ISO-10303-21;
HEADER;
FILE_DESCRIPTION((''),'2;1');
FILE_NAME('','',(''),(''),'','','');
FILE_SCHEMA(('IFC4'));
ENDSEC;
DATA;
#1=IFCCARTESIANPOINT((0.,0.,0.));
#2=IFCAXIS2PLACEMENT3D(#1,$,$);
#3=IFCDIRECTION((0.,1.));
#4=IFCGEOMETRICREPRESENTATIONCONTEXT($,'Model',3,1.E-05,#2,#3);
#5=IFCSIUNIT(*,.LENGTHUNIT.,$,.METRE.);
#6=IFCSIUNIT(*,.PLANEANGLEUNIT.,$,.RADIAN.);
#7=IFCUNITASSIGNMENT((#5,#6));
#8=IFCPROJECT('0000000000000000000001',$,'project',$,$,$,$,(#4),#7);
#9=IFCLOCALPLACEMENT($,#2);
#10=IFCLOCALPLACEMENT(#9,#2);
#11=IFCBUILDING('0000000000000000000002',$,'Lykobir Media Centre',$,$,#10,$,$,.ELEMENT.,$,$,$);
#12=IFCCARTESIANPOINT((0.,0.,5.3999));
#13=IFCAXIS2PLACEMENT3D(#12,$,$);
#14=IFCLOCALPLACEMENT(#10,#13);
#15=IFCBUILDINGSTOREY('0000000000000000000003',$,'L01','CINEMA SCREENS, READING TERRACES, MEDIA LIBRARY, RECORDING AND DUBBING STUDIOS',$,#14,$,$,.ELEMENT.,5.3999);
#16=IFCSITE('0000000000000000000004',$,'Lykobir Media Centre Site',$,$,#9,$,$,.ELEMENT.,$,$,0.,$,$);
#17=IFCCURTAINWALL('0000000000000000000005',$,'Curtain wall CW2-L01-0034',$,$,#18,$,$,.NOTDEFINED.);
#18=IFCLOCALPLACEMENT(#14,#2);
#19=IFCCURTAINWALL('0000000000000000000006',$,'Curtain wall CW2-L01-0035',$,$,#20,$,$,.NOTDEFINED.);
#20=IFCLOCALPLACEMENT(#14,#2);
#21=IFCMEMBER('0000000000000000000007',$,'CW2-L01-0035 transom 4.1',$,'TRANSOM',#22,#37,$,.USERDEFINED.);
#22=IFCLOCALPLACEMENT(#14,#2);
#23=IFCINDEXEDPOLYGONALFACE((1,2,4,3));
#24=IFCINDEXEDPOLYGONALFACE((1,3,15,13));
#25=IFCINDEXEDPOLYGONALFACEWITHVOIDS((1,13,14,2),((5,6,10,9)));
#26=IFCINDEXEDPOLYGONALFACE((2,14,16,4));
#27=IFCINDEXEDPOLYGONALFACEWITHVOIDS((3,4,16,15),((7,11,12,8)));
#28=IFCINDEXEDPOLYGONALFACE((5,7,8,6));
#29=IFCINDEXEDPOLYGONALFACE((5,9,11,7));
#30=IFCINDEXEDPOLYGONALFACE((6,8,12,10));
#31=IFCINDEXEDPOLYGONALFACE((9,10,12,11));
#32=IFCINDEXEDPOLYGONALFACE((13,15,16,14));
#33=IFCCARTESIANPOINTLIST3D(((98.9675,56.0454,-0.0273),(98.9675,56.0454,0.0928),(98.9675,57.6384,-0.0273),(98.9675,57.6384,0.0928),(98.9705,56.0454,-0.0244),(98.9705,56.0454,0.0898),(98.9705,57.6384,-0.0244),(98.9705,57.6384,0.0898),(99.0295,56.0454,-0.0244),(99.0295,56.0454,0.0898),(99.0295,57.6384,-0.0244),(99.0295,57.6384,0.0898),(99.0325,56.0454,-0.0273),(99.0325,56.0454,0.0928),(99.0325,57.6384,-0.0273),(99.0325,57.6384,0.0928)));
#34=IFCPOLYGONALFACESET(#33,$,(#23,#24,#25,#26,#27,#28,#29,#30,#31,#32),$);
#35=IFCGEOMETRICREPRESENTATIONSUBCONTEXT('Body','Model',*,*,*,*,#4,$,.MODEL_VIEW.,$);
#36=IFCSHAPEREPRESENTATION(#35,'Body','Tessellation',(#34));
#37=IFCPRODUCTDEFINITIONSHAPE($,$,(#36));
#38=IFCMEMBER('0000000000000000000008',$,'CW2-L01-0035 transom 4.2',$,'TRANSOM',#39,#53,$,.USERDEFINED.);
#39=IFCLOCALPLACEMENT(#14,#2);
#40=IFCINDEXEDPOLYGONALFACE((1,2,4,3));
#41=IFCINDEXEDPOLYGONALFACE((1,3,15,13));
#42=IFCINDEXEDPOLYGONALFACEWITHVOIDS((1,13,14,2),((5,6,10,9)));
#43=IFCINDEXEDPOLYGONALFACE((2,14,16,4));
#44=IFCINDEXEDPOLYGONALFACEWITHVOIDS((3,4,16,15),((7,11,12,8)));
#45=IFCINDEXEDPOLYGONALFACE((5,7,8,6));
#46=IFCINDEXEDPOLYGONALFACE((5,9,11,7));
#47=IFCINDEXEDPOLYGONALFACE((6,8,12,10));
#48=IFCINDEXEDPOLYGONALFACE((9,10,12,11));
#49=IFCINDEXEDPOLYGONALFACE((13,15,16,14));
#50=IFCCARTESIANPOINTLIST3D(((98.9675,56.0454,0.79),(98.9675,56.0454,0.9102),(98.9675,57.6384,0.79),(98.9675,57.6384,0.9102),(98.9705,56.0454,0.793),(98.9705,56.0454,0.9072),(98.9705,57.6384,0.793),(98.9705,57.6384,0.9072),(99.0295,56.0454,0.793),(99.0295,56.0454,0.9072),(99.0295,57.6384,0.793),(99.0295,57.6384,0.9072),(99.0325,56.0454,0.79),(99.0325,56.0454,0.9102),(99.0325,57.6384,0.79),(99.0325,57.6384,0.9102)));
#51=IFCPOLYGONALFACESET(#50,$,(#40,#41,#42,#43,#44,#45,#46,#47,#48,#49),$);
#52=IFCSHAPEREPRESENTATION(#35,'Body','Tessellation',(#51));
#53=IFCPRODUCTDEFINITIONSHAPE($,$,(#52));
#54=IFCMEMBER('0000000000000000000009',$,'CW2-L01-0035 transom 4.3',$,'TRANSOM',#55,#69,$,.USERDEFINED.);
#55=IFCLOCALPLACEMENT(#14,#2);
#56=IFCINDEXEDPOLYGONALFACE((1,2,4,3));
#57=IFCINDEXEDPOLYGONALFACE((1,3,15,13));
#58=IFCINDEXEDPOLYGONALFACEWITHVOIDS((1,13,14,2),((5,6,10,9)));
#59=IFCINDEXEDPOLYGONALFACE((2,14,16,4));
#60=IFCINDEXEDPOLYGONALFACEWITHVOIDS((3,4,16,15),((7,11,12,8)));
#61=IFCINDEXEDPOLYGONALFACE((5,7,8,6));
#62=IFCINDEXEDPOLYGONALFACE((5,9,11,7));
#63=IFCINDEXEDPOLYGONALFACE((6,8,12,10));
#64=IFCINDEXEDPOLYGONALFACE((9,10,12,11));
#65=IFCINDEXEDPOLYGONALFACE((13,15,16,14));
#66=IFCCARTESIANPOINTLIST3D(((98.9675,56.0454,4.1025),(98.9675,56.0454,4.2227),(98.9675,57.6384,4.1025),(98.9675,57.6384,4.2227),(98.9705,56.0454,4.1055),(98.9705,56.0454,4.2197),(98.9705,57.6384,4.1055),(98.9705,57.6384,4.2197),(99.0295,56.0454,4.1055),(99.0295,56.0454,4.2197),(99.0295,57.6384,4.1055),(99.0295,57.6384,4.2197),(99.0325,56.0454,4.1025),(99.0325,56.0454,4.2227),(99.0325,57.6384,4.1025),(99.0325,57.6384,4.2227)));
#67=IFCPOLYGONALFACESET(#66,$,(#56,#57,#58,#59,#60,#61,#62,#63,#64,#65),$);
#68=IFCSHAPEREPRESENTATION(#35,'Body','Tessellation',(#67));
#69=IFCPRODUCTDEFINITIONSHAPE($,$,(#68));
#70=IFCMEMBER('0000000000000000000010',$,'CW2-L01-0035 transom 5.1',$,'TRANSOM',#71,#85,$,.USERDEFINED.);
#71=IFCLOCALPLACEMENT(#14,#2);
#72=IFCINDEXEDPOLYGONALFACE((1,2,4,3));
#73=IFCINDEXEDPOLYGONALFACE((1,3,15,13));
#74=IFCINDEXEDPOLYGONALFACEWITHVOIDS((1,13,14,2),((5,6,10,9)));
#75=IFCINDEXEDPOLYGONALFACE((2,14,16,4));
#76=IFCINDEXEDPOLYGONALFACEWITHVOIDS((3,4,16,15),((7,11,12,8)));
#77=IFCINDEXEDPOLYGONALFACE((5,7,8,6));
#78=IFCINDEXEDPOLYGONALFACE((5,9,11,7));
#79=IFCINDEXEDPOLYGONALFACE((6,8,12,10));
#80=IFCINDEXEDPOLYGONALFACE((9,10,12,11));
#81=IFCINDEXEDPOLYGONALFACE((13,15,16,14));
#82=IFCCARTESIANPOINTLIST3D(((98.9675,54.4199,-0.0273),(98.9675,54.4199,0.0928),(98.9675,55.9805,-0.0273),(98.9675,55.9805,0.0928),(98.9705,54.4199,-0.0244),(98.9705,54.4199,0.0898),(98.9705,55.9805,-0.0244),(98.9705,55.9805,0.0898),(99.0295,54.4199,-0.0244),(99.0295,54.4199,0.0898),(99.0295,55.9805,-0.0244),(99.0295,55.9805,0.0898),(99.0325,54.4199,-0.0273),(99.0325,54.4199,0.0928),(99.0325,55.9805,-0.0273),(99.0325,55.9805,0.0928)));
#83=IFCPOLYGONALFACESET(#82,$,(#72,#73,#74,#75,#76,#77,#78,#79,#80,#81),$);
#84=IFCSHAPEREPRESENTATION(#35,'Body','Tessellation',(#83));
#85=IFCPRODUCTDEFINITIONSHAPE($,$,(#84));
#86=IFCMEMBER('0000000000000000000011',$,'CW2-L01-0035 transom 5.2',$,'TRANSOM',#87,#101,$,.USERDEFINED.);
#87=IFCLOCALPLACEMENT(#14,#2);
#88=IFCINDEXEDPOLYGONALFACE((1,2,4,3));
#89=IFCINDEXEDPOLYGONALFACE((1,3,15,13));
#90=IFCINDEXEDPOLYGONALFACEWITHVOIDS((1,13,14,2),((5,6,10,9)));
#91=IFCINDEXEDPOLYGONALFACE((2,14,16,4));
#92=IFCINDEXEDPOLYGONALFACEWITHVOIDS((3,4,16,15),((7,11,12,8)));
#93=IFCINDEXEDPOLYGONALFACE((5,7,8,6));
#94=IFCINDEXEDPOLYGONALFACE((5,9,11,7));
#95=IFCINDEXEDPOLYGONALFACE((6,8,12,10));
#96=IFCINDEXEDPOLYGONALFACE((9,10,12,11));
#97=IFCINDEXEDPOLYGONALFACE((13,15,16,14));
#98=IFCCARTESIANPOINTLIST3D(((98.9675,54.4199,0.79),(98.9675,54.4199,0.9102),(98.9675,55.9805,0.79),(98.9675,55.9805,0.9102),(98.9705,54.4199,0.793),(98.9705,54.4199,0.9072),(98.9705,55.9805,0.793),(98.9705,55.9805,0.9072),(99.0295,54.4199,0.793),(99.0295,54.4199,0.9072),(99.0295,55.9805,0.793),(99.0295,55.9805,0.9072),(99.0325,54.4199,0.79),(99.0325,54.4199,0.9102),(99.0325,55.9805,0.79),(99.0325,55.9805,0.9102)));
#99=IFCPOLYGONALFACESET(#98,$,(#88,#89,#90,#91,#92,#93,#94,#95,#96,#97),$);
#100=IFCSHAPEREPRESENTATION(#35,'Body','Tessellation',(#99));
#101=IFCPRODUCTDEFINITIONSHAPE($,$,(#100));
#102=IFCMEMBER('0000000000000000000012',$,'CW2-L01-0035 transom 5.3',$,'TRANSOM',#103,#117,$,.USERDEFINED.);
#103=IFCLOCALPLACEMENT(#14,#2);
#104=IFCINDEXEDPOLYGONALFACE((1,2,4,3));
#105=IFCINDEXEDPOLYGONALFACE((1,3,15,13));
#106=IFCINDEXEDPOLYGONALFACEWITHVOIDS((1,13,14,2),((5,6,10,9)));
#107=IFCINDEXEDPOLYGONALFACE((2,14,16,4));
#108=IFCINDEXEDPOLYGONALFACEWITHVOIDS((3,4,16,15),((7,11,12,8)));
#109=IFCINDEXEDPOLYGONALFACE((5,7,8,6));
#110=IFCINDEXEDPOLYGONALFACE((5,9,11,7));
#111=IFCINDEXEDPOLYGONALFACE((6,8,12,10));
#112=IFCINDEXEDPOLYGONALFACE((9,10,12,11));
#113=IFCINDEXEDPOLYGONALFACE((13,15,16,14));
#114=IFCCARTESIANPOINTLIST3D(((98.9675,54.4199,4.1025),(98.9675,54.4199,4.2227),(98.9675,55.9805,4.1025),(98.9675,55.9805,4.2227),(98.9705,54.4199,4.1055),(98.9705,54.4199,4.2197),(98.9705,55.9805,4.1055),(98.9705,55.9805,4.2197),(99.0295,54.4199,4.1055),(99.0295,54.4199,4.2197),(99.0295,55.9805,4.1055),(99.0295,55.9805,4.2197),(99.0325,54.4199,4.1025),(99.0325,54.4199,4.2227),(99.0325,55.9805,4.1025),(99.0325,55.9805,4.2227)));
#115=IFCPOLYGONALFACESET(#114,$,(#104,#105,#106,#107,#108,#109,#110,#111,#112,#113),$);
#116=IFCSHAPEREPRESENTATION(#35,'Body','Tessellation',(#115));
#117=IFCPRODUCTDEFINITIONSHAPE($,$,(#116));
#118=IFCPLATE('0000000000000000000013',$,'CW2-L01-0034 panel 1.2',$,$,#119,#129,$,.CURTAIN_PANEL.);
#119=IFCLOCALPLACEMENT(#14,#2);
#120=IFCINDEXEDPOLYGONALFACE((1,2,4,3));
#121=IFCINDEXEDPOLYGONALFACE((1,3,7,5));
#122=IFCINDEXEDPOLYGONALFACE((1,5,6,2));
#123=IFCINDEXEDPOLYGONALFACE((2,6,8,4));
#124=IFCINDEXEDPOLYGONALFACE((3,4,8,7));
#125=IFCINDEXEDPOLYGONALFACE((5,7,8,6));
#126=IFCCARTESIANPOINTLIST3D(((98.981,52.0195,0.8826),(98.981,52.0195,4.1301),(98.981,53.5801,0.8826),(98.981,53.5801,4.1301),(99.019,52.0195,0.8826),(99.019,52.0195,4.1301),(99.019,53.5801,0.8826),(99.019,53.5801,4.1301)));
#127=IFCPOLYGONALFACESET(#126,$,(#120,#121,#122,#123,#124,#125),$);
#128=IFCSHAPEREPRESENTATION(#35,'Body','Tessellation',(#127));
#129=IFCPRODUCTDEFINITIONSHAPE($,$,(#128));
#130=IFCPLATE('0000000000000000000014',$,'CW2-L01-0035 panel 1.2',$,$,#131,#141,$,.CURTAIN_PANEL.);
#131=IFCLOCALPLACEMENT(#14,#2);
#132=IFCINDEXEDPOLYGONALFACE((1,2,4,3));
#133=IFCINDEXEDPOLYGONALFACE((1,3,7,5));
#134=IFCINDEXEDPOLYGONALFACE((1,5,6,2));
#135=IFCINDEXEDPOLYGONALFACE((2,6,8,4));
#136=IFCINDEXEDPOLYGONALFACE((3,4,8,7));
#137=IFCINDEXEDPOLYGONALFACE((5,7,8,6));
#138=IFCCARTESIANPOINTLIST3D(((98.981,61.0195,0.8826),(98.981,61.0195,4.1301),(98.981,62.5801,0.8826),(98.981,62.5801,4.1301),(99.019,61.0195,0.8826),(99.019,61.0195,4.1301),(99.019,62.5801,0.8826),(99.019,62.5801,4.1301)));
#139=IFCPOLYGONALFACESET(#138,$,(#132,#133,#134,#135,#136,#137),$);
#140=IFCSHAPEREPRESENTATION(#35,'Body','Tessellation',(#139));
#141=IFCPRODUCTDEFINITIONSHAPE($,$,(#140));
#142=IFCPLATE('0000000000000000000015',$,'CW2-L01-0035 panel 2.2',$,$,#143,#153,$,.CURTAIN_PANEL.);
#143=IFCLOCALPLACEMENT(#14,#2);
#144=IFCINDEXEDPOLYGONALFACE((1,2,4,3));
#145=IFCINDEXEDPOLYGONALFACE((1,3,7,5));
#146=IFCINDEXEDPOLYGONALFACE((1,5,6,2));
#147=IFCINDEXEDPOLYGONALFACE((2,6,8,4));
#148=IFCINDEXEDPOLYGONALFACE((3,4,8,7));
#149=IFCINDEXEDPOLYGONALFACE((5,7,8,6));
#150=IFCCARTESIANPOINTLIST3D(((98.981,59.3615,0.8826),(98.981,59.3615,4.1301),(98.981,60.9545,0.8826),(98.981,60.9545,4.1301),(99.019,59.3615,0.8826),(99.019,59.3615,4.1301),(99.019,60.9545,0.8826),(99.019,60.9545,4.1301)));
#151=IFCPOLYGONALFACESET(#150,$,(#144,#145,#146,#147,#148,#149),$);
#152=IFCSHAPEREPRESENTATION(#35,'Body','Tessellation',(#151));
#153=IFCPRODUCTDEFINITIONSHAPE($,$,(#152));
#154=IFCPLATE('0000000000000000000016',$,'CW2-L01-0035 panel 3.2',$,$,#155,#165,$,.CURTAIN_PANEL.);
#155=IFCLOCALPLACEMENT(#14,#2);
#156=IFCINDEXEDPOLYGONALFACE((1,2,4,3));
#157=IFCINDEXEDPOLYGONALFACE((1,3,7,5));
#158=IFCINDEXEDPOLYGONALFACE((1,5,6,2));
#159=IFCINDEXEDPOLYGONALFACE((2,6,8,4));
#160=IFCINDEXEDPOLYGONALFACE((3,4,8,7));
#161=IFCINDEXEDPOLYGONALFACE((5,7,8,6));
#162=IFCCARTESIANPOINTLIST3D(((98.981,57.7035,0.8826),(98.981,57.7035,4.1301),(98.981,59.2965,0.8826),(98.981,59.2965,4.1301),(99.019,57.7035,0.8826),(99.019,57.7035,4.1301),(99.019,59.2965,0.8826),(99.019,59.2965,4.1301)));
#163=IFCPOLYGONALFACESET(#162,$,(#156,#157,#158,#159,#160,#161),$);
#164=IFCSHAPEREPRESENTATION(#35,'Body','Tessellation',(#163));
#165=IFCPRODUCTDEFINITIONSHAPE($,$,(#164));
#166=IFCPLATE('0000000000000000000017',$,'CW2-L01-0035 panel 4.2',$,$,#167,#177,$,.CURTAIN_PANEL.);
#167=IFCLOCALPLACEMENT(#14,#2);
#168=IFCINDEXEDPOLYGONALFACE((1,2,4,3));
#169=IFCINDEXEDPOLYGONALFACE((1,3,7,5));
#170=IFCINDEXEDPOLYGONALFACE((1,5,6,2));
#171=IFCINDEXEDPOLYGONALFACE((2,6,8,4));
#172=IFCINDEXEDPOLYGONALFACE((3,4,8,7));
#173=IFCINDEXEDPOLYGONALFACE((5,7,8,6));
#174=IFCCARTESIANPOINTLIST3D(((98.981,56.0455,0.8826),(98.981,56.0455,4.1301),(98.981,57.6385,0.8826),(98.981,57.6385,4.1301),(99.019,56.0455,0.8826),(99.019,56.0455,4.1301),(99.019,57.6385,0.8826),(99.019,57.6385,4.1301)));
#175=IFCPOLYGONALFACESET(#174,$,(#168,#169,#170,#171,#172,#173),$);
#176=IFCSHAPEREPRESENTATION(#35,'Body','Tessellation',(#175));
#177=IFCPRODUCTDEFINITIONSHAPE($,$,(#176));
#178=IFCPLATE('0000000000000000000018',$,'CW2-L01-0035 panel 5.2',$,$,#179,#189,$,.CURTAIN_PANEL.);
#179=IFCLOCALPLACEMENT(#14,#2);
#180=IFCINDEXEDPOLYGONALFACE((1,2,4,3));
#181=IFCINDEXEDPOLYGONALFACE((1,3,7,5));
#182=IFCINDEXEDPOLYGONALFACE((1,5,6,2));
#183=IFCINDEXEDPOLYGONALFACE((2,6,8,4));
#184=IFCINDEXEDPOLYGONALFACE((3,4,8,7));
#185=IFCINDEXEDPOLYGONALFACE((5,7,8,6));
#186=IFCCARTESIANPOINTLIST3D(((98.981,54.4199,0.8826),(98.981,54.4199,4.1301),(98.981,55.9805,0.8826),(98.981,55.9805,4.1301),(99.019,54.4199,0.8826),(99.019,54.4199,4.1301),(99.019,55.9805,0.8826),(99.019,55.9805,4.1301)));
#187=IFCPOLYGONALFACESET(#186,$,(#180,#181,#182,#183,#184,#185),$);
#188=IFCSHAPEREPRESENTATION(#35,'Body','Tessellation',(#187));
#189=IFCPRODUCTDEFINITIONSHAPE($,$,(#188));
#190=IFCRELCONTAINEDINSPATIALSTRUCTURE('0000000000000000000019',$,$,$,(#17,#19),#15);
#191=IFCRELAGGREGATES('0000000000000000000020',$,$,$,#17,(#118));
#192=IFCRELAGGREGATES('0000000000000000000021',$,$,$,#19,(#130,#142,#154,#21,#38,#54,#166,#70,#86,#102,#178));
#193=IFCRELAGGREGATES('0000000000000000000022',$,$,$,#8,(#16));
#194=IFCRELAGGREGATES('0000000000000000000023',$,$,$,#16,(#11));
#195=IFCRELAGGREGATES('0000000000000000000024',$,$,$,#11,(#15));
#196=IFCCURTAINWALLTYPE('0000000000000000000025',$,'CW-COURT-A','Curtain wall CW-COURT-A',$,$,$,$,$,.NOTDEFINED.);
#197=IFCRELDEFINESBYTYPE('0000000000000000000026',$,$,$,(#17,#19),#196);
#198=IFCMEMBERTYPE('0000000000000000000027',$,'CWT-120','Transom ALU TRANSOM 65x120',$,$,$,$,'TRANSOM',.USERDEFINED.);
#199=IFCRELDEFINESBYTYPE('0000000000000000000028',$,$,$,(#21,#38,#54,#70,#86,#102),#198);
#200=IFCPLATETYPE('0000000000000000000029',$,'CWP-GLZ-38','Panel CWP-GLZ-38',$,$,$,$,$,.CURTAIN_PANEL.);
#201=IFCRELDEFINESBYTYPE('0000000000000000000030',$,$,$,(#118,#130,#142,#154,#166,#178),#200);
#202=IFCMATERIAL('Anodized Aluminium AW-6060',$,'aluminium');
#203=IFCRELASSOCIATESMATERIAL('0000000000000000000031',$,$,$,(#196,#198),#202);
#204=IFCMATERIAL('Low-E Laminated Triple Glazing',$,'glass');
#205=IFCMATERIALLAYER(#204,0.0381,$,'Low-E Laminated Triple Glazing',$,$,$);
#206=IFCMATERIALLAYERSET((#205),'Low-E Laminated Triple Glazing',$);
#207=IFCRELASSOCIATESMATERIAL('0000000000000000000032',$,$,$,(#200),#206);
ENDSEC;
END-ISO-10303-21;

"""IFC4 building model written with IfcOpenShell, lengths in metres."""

from ifc_helpers import new_model, si_unit, direction, frame, origin, origin_2d, place, context, subcontext, project, spatial, rectangle, hollow_rectangle, extrude, material, layer, layer_set, material_profile, profile_set, type_object, element, aggregate, save


model = new_model("IFC4")

# Units and contexts
model_context = context("Model", 3, precision=1e-05, world=origin(), true_north=direction((0.0, 1.0)))
body_context = subcontext(model_context, "Body", "Model", "MODEL_VIEW")
ifc_project = project(units=[si_unit("LENGTHUNIT", "METRE"), si_unit("PLANEANGLEUNIT", "RADIAN")], contexts=[model_context])

# Site, building, storey
site_placement = place(None, origin())
site = spatial("IfcSite", under=ifc_project, at=site_placement, Name="Lykobir Media Centre Site", CompositionType="ELEMENT", RefElevation=0.0)
building_placement = place(site_placement, origin())
building = spatial("IfcBuilding", under=site, at=building_placement, Name="Lykobir Media Centre", CompositionType="ELEMENT")
storey_placement = place(building_placement, frame((0.0, 0.0, 5.3999)))
storey = spatial("IfcBuildingStorey", under=building, at=storey_placement, Name="L01", Description="CINEMA SCREENS, READING TERRACES, MEDIA LIBRARY, RECORDING AND DUBBING STUDIOS", CompositionType="ELEMENT", Elevation=5.3999)

# Curtain walls
ifc_material_1 = material(Name="Anodized Aluminium AW-6060", Category="aluminium")
curtain_wall_type = type_object("IfcCurtainWallType", Name="CW-COURT-A", Description="Curtain wall CW-COURT-A", PredefinedType="NOTDEFINED", material=ifc_material_1)
curtain_wall_1_placement = place(storey_placement, origin())
curtain_wall_1 = element("IfcCurtainWall", 1, at=curtain_wall_1_placement, inside=storey, type_object=curtain_wall_type, Name="Curtain wall CW2-L01-0034", PredefinedType="NOTDEFINED")
curtain_wall_2_placement = place(storey_placement, origin())
curtain_wall_2 = element("IfcCurtainWall", 2, at=curtain_wall_2_placement, inside=storey, type_object=curtain_wall_type, Name="Curtain wall CW2-L01-0035", PredefinedType="NOTDEFINED")

# Members
ifc_material_profile_1 = material_profile(ifc_material_1, hollow_rectangle(XDim=0.0649, YDim=0.1201, WallThickness=0.0029, at=origin_2d()), Name="ALU TRANSOM 65x120")
ifc_profile_set_1 = profile_set([ifc_material_profile_1], Name="Anodized Aluminium AW-6060")
member_type_1 = type_object("IfcMemberType", Name="CWT-120", Description="Transom ALU TRANSOM 65x120", ElementType="TRANSOM", PredefinedType="USERDEFINED", material=ifc_profile_set_1)
member_1_placement = place(storey_placement, frame((99.0, 57.6384, 0.0327), z_axis=(0.0, -1.0, 0.0), x_axis=(1.0, 0.0, 0.0)))
member_1 = element("IfcMember", 3, at=member_1_placement, type_object=member_type_1, Name="CW2-L01-0035 transom 4.1", ObjectType="TRANSOM", PredefinedType="USERDEFINED", context=body_context, shape_type="SweptSolid", body=[
    extrude(hollow_rectangle(XDim=0.0649, YDim=0.1201, WallThickness=0.0029, at=origin_2d()), origin(), (0.0, 0.0, 1.0), 1.593),
])
member_2_placement = place(storey_placement, frame((99.0, 57.6384, 0.8501), z_axis=(0.0, -1.0, 0.0), x_axis=(1.0, 0.0, 0.0)))
member_2 = element("IfcMember", 4, at=member_2_placement, type_object=member_type_1, Name="CW2-L01-0035 transom 4.2", ObjectType="TRANSOM", PredefinedType="USERDEFINED", context=body_context, shape_type="SweptSolid", body=[
    extrude(hollow_rectangle(XDim=0.0649, YDim=0.1201, WallThickness=0.0029, at=origin_2d()), origin(), (0.0, 0.0, 1.0), 1.593),
])
member_3_placement = place(storey_placement, frame((99.0, 57.6384, 4.1626), z_axis=(0.0, -1.0, 0.0), x_axis=(1.0, 0.0, 0.0)))
member_3 = element("IfcMember", 5, at=member_3_placement, type_object=member_type_1, Name="CW2-L01-0035 transom 4.3", ObjectType="TRANSOM", PredefinedType="USERDEFINED", context=body_context, shape_type="SweptSolid", body=[
    extrude(hollow_rectangle(XDim=0.0649, YDim=0.1201, WallThickness=0.0029, at=origin_2d()), origin(), (0.0, 0.0, 1.0), 1.593),
])
member_4_placement = place(storey_placement, frame((99.0, 55.9805, 0.0327), z_axis=(0.0, -1.0, 0.0), x_axis=(1.0, 0.0, 0.0)))
member_4 = element("IfcMember", 6, at=member_4_placement, type_object=member_type_1, Name="CW2-L01-0035 transom 5.1", ObjectType="TRANSOM", PredefinedType="USERDEFINED", context=body_context, shape_type="SweptSolid", body=[
    extrude(hollow_rectangle(XDim=0.0649, YDim=0.1201, WallThickness=0.0029, at=origin_2d()), origin(), (0.0, 0.0, 1.0), 1.5605),
])
member_5_placement = place(storey_placement, frame((99.0, 55.9805, 0.8501), z_axis=(0.0, -1.0, 0.0), x_axis=(1.0, 0.0, 0.0)))
member_5 = element("IfcMember", 7, at=member_5_placement, type_object=member_type_1, Name="CW2-L01-0035 transom 5.2", ObjectType="TRANSOM", PredefinedType="USERDEFINED", context=body_context, shape_type="SweptSolid", body=[
    extrude(hollow_rectangle(XDim=0.0649, YDim=0.1201, WallThickness=0.0029, at=origin_2d()), origin(), (0.0, 0.0, 1.0), 1.5605),
])
member_6_placement = place(storey_placement, frame((99.0, 55.9805, 4.1626), z_axis=(0.0, -1.0, 0.0), x_axis=(1.0, 0.0, 0.0)))
member_6 = element("IfcMember", 8, at=member_6_placement, type_object=member_type_1, Name="CW2-L01-0035 transom 5.3", ObjectType="TRANSOM", PredefinedType="USERDEFINED", context=body_context, shape_type="SweptSolid", body=[
    extrude(hollow_rectangle(XDim=0.0649, YDim=0.1201, WallThickness=0.0029, at=origin_2d()), origin(), (0.0, 0.0, 1.0), 1.5605),
])

# Plates
ifc_material_2 = material(Name="Low-E Laminated Triple Glazing", Category="glass")
ifc_layer_1 = layer(ifc_material_2, 0.0381, Name="Low-E Laminated Triple Glazing")
ifc_layer_set_1 = layer_set([ifc_layer_1], Name="Low-E Laminated Triple Glazing")
plate_type_1 = type_object("IfcPlateType", Name="CWP-GLZ-38", Description="Panel CWP-GLZ-38", PredefinedType="CURTAIN_PANEL", material=ifc_layer_set_1)
plate_1_placement = place(storey_placement, frame((99.0, 52.7998, 0.8826), z_axis=(0.0, 0.0, 1.0), x_axis=(0.0, -1.0, 0.0)))
plate_1 = element("IfcPlate", 9, at=plate_1_placement, type_object=plate_type_1, Name="CW2-L01-0034 panel 1.2", PredefinedType="CURTAIN_PANEL", context=body_context, shape_type="SweptSolid", body=[
    extrude(rectangle(XDim=1.5605, YDim=0.0381, at=origin_2d()), origin(), (0.0, 0.0, 1.0), 3.2476),
])
plate_2_placement = place(storey_placement, frame((99.0, 61.7998, 0.8826), z_axis=(0.0, 0.0, 1.0), x_axis=(0.0, -1.0, 0.0)))
plate_2 = element("IfcPlate", 10, at=plate_2_placement, type_object=plate_type_1, Name="CW2-L01-0035 panel 1.2", PredefinedType="CURTAIN_PANEL", context=body_context, shape_type="SweptSolid", body=[
    extrude(rectangle(XDim=1.5605, YDim=0.0381, at=origin_2d()), origin(), (0.0, 0.0, 1.0), 3.2476),
])
plate_3_placement = place(storey_placement, frame((99.0, 60.158, 0.8826), z_axis=(0.0, 0.0, 1.0), x_axis=(0.0, -1.0, 0.0)))
plate_3 = element("IfcPlate", 11, at=plate_3_placement, type_object=plate_type_1, Name="CW2-L01-0035 panel 2.2", PredefinedType="CURTAIN_PANEL", context=body_context, shape_type="SweptSolid", body=[
    extrude(rectangle(XDim=1.593, YDim=0.0381, at=origin_2d()), origin(), (0.0, 0.0, 1.0), 3.2476),
])
plate_4_placement = place(storey_placement, frame((99.0, 58.5, 0.8826), z_axis=(0.0, 0.0, 1.0), x_axis=(0.0, -1.0, 0.0)))
plate_4 = element("IfcPlate", 12, at=plate_4_placement, type_object=plate_type_1, Name="CW2-L01-0035 panel 3.2", PredefinedType="CURTAIN_PANEL", context=body_context, shape_type="SweptSolid", body=[
    extrude(rectangle(XDim=1.593, YDim=0.0381, at=origin_2d()), origin(), (0.0, 0.0, 1.0), 3.2476),
])
plate_5_placement = place(storey_placement, frame((99.0, 56.842, 0.8826), z_axis=(0.0, 0.0, 1.0), x_axis=(0.0, -1.0, 0.0)))
plate_5 = element("IfcPlate", 13, at=plate_5_placement, type_object=plate_type_1, Name="CW2-L01-0035 panel 4.2", PredefinedType="CURTAIN_PANEL", context=body_context, shape_type="SweptSolid", body=[
    extrude(rectangle(XDim=1.593, YDim=0.0381, at=origin_2d()), origin(), (0.0, 0.0, 1.0), 3.2476),
])
plate_6_placement = place(storey_placement, frame((99.0, 55.2002, 0.8826), z_axis=(0.0, 0.0, 1.0), x_axis=(0.0, -1.0, 0.0)))
plate_6 = element("IfcPlate", 14, at=plate_6_placement, type_object=plate_type_1, Name="CW2-L01-0035 panel 5.2", PredefinedType="CURTAIN_PANEL", context=body_context, shape_type="SweptSolid", body=[
    extrude(rectangle(XDim=1.5605, YDim=0.0381, at=origin_2d()), origin(), (0.0, 0.0, 1.0), 3.2476),
])
aggregate(curtain_wall_1, [plate_1])
aggregate(curtain_wall_2, [plate_2, plate_3, plate_4, member_1, member_2, member_3, plate_5, member_4, member_5, member_6, plate_6])

save(model, "model.ifc")
